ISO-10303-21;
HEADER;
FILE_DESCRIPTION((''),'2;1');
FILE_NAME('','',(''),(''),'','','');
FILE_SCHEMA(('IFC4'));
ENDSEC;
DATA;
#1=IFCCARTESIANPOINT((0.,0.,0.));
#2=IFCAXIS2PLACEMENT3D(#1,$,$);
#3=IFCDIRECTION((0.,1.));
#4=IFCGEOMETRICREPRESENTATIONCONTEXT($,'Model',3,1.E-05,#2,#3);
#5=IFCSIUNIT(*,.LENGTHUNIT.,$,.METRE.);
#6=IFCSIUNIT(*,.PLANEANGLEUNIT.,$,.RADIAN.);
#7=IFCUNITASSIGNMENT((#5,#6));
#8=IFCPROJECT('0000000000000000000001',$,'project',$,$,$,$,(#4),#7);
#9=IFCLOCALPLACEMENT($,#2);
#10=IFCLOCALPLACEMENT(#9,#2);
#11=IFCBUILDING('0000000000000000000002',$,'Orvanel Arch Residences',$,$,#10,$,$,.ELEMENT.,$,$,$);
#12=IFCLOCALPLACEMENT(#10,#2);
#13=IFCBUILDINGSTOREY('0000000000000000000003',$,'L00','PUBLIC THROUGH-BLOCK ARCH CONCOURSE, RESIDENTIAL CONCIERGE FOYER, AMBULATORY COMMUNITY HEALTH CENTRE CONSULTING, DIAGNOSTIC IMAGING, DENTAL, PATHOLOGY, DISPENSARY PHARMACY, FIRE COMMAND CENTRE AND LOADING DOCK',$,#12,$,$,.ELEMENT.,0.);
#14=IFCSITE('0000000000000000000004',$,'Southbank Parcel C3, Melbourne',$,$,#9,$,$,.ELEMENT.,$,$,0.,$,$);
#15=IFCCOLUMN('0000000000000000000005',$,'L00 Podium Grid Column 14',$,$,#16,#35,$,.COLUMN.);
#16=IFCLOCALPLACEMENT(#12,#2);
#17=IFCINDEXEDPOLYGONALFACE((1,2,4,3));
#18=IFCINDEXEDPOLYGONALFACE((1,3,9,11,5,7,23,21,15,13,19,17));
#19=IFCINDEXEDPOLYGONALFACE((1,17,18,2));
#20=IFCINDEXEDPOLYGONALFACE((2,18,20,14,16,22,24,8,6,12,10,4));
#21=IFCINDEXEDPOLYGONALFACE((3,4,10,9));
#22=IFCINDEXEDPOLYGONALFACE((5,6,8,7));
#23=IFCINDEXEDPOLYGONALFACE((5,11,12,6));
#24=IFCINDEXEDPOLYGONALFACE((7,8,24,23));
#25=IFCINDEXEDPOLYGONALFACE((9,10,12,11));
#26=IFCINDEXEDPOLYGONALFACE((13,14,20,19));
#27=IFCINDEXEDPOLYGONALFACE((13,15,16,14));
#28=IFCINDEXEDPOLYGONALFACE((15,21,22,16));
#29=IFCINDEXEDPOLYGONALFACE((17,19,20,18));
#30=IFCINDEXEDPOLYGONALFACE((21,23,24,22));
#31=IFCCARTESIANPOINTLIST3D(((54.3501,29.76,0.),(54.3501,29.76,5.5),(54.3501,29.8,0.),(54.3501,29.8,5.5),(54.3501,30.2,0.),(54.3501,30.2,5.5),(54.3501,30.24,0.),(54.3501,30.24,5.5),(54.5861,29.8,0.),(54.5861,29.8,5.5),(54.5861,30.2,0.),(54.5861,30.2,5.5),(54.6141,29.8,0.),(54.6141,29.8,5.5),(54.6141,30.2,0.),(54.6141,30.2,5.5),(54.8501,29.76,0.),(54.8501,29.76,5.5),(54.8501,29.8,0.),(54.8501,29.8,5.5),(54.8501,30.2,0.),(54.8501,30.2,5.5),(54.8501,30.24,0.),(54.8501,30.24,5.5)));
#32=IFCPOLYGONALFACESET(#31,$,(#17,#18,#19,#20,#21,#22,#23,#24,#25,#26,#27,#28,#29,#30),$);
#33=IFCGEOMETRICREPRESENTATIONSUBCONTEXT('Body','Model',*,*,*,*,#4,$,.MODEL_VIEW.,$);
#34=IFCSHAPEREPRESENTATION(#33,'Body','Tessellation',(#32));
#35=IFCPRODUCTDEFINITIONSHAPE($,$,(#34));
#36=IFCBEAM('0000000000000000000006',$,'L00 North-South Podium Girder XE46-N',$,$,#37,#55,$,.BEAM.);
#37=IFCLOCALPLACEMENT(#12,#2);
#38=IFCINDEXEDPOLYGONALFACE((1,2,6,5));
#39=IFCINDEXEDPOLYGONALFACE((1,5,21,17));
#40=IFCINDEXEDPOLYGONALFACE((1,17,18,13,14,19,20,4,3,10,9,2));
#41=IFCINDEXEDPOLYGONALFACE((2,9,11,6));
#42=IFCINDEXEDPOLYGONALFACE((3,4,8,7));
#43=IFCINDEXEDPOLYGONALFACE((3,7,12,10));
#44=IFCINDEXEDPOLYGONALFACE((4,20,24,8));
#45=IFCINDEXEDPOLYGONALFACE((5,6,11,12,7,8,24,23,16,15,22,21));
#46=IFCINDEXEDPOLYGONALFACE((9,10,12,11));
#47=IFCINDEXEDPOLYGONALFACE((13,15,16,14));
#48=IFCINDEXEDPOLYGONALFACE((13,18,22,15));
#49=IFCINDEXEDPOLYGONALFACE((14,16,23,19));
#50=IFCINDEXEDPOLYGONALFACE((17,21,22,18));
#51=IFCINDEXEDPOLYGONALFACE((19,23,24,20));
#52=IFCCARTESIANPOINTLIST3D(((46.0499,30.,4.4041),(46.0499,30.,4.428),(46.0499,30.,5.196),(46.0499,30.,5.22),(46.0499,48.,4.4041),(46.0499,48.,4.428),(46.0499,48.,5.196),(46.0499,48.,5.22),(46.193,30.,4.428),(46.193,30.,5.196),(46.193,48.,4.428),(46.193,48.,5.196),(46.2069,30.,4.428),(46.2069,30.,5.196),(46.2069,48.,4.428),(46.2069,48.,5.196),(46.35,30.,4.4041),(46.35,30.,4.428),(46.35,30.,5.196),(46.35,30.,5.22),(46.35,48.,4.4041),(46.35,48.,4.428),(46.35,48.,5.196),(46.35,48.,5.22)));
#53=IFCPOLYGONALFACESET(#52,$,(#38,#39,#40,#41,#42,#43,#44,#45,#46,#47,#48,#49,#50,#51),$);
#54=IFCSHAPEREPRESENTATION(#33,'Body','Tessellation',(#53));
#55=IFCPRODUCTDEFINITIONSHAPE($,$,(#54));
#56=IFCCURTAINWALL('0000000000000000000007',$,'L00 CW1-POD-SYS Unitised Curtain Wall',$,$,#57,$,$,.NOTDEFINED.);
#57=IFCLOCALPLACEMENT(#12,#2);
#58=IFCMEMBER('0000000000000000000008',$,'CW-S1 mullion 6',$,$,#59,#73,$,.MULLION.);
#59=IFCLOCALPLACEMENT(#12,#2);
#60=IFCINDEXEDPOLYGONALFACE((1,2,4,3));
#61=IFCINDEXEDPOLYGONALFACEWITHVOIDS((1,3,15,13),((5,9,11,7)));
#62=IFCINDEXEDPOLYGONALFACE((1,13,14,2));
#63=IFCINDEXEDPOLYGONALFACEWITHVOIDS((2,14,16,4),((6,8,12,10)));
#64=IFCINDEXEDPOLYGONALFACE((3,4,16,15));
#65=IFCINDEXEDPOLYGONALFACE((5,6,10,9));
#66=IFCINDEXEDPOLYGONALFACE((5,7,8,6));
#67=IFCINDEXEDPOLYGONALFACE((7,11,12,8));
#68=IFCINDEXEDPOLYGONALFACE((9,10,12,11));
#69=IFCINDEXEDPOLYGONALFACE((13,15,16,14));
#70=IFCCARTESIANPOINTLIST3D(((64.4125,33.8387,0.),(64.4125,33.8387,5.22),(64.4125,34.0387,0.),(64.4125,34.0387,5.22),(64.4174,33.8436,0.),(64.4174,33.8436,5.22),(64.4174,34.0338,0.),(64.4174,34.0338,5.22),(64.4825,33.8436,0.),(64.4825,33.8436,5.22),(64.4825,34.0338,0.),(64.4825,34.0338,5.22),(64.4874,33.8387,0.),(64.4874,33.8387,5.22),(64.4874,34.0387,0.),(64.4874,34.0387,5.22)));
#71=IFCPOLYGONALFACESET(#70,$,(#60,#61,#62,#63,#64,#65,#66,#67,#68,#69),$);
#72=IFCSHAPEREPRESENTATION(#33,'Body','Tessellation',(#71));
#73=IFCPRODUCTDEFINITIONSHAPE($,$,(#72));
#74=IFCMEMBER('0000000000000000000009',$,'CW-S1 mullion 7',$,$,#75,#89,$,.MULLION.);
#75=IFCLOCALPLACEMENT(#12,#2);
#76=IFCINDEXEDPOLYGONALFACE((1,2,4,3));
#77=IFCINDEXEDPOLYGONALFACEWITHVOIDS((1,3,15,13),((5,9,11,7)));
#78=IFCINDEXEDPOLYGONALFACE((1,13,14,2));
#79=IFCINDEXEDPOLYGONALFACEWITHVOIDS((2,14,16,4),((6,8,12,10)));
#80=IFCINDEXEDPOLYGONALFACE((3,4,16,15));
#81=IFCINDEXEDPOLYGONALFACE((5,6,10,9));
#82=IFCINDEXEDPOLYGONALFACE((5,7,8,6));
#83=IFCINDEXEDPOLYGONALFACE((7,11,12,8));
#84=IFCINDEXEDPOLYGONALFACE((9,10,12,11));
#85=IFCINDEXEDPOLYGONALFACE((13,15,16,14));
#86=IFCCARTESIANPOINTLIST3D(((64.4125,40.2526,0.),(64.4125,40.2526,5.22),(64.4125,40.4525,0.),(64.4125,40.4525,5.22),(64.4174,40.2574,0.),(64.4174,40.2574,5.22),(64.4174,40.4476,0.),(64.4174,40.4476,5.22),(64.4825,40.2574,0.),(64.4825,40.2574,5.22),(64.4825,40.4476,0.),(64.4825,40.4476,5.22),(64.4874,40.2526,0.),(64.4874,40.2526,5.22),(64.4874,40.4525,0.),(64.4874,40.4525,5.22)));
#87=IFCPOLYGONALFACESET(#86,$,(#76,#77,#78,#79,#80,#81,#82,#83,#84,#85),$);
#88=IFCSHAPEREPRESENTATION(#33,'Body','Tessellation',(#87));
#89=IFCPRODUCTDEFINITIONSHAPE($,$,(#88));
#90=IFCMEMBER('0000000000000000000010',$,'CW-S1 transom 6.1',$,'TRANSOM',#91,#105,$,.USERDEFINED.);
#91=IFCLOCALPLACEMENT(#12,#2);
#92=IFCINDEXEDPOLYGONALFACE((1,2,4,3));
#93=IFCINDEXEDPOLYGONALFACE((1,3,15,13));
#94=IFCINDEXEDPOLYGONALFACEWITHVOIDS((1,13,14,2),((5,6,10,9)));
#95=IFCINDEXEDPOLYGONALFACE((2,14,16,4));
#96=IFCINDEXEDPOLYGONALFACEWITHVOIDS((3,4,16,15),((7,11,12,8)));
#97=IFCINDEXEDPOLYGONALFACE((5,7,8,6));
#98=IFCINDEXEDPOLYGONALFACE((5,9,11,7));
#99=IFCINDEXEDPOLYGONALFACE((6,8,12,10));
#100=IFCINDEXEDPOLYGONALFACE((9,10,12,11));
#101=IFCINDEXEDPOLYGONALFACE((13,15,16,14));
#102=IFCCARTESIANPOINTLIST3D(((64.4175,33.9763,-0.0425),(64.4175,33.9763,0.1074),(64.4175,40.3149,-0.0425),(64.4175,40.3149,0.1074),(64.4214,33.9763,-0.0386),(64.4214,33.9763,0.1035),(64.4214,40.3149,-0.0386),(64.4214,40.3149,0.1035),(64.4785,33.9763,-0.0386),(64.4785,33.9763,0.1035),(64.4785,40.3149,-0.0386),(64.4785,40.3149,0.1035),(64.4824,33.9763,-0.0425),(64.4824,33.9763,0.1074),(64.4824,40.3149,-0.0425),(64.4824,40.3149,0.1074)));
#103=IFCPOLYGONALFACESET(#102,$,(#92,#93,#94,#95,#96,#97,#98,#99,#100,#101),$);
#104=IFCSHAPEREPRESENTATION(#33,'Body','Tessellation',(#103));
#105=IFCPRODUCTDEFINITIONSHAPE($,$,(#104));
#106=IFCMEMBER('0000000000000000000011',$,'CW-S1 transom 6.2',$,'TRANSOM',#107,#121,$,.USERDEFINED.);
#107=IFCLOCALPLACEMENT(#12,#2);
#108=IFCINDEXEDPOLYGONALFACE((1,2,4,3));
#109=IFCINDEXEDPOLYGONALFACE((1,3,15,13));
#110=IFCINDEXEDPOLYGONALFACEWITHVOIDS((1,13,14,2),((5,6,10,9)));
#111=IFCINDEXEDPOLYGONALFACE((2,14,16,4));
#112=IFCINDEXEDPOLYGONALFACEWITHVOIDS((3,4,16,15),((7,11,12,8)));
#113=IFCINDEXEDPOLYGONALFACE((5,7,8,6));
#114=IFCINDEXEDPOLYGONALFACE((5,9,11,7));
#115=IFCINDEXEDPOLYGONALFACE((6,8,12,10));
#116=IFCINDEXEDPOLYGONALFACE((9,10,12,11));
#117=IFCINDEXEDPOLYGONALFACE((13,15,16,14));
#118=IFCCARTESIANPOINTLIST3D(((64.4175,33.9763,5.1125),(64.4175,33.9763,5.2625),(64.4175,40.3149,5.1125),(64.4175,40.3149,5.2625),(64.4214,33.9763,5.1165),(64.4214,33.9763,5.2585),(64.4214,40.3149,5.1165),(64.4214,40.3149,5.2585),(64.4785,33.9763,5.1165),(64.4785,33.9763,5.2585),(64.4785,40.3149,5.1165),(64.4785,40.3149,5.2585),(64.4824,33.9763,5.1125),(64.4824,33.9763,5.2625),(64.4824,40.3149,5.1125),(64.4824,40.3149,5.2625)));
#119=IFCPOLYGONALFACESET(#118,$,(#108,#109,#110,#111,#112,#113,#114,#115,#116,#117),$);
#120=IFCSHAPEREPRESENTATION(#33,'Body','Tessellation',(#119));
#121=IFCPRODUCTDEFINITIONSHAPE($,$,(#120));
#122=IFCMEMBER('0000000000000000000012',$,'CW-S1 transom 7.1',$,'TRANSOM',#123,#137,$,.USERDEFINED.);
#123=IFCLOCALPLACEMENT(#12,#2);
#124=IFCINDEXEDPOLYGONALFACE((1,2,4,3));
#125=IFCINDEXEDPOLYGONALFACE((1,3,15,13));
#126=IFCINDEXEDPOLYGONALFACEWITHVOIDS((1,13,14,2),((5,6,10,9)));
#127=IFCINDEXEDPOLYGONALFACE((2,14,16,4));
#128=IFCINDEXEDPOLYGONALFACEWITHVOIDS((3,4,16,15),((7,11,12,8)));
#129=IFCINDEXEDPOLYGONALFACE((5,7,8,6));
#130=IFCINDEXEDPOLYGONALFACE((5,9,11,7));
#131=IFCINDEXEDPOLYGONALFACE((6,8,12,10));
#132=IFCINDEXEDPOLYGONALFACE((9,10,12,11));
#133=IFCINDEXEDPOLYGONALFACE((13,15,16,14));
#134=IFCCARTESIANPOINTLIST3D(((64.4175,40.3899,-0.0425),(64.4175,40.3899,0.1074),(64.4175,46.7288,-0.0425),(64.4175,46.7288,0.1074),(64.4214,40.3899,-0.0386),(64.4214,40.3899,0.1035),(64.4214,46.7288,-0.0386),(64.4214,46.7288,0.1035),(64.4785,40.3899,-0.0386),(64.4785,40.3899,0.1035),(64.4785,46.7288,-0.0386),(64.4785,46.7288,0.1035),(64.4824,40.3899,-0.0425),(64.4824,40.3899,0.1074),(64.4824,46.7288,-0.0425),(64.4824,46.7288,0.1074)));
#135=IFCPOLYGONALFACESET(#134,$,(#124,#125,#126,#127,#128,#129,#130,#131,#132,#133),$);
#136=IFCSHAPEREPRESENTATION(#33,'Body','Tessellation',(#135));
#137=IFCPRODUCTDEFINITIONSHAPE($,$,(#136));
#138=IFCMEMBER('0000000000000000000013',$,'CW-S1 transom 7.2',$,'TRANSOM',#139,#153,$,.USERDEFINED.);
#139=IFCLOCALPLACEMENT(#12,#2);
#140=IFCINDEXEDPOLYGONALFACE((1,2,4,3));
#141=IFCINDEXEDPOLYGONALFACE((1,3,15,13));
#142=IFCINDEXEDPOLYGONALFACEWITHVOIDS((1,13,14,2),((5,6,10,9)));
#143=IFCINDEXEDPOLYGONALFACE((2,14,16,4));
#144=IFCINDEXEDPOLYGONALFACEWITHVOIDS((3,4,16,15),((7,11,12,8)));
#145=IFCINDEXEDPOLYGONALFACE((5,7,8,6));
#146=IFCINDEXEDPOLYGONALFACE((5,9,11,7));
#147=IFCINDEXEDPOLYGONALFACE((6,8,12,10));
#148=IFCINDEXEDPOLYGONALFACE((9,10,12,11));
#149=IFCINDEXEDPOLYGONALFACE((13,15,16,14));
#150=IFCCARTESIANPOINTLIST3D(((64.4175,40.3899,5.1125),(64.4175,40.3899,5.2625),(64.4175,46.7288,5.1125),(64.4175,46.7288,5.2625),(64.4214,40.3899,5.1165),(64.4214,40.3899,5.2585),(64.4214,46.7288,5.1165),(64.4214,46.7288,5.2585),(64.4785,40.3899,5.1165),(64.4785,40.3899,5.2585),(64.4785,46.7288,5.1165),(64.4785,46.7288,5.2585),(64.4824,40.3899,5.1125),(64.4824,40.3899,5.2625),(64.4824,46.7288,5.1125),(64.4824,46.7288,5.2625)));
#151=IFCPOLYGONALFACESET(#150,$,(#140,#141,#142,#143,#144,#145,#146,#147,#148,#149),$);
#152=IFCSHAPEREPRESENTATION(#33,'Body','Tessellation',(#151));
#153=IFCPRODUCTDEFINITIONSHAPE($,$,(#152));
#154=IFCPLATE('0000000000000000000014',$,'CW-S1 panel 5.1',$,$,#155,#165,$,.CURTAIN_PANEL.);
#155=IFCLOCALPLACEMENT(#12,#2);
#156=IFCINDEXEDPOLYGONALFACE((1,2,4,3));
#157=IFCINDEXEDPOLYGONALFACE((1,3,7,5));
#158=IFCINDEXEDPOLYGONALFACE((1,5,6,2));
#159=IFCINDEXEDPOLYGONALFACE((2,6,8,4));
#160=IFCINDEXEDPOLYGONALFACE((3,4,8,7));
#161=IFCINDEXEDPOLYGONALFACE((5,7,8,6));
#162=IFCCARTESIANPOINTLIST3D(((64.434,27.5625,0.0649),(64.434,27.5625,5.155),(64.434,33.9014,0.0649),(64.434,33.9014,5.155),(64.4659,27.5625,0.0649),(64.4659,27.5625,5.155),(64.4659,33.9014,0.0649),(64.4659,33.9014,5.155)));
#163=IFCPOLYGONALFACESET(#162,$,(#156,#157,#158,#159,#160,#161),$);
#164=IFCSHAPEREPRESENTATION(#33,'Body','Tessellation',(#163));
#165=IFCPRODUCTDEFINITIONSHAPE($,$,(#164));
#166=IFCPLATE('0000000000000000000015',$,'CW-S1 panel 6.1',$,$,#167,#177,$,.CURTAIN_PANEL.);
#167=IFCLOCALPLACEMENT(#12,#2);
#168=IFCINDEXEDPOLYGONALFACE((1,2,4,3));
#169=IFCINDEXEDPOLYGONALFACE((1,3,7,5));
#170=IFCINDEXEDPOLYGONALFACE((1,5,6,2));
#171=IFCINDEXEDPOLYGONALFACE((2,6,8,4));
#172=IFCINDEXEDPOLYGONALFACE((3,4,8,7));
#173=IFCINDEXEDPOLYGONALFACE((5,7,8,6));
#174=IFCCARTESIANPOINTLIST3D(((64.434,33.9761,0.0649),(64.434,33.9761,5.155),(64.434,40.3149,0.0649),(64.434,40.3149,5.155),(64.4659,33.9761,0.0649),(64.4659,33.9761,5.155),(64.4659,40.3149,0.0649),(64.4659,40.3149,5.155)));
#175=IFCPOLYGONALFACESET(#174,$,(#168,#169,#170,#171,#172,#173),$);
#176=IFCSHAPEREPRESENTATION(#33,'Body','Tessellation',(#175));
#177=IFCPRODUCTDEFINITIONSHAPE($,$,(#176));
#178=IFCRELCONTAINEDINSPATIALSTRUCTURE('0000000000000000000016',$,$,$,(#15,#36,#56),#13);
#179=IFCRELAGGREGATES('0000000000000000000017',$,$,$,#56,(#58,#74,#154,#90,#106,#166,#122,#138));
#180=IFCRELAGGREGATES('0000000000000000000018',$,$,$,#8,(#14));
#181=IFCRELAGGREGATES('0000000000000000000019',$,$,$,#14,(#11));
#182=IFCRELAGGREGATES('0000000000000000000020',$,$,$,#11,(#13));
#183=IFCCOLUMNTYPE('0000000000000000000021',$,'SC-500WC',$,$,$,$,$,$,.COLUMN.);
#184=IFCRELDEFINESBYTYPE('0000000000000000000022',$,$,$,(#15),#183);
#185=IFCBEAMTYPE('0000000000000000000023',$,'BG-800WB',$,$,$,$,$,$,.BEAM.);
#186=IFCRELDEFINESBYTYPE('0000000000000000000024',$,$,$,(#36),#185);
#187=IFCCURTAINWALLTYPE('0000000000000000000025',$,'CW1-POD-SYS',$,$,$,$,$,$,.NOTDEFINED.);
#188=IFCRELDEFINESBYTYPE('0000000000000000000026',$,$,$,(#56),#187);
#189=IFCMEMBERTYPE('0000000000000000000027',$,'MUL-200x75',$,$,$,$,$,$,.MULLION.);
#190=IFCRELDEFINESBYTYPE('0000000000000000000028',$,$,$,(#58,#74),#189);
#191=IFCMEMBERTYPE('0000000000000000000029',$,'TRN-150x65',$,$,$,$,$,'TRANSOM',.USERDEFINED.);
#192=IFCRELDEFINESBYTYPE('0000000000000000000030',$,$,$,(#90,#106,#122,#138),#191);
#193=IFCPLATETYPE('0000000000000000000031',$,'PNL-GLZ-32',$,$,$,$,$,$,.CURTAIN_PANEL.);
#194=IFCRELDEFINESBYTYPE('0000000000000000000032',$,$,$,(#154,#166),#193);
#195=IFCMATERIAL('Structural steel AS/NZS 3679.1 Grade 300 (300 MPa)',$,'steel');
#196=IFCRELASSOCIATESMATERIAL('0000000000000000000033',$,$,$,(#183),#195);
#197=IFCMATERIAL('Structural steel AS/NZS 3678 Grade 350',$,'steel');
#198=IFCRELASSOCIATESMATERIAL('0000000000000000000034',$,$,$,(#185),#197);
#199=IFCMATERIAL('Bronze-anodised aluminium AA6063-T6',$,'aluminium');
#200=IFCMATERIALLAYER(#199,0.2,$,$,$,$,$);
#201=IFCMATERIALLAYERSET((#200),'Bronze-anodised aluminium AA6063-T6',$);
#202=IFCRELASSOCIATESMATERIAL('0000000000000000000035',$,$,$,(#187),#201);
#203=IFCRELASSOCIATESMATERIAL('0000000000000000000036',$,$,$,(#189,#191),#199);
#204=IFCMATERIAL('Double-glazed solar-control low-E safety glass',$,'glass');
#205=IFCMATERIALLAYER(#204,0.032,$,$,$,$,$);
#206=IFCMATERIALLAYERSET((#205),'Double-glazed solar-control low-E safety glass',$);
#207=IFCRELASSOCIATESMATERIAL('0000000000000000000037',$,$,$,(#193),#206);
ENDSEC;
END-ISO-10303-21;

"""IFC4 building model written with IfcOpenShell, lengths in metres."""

from ifc_helpers import new_model, si_unit, direction, frame, origin, origin_2d, place, context, subcontext, project, spatial, rectangle, hollow_rectangle, i_section, extrude, material, layer, layer_set, material_profile, profile_set, type_object, element, aggregate, save


model = new_model("IFC4")

# Units and contexts
model_context = context("Model", 3, precision=1e-05, world=origin(), true_north=direction((0.0, 1.0)))
body_context = subcontext(model_context, "Body", "Model", "MODEL_VIEW")
ifc_project = project(units=[si_unit("LENGTHUNIT", "METRE"), si_unit("PLANEANGLEUNIT", "RADIAN")], contexts=[model_context])

# Site, building, storey
site_placement = place(None, origin())
site = spatial("IfcSite", under=ifc_project, at=site_placement, Name="Southbank Parcel C3, Melbourne", CompositionType="ELEMENT", RefElevation=0.0)
building_placement = place(site_placement, origin())
building = spatial("IfcBuilding", under=site, at=building_placement, Name="Orvanel Arch Residences", CompositionType="ELEMENT")
storey_placement = place(building_placement, origin())
storey = spatial("IfcBuildingStorey", under=building, at=storey_placement, Name="L00", Description="PUBLIC THROUGH-BLOCK ARCH CONCOURSE, RESIDENTIAL CONCIERGE FOYER, AMBULATORY COMMUNITY HEALTH CENTRE CONSULTING, DIAGNOSTIC IMAGING, DENTAL, PATHOLOGY, DISPENSARY PHARMACY, FIRE COMMAND CENTRE AND LOADING DOCK", CompositionType="ELEMENT", Elevation=0.0)

# Column
ifc_material_1 = material(Name="Structural steel AS/NZS 3679.1 Grade 300 (300 MPa)", Category="steel")
ifc_material_profile_1 = material_profile(ifc_material_1, i_section(OverallWidth=0.5, OverallDepth=0.48, WebThickness=0.0281, FlangeThickness=0.04, at=origin_2d()), Name="500WC440")
ifc_profile_set_1 = profile_set([ifc_material_profile_1], Name="Structural steel AS/NZS 3679.1 Grade 300 (300 MPa)")
column_type = type_object("IfcColumnType", Name="SC-500WC", PredefinedType="COLUMN", material=ifc_profile_set_1)
column_placement = place(storey_placement, frame((54.6001, 30.0, 0.0), z_axis=(0.0, 0.0, 1.0), x_axis=(1.0, 0.0, 0.0)))
element("IfcColumn", 1, at=column_placement, inside=storey, type_object=column_type, Name="L00 Podium Grid Column 14", PredefinedType="COLUMN", context=body_context, shape_type="SweptSolid", body=[
    extrude(i_section(OverallWidth=0.5, OverallDepth=0.48, WebThickness=0.0281, FlangeThickness=0.04, at=origin_2d()), origin(), (0.0, 0.0, 1.0), 5.5),
])

# Beam
ifc_material_2 = material(Name="Structural steel AS/NZS 3678 Grade 350", Category="steel")
ifc_material_profile_2 = material_profile(ifc_material_2, i_section(OverallWidth=0.3, OverallDepth=0.8159, WebThickness=0.0139, FlangeThickness=0.0239, at=origin_2d()), Name="800WB192")
ifc_profile_set_2 = profile_set([ifc_material_profile_2], Name="Structural steel AS/NZS 3678 Grade 350")
beam_type = type_object("IfcBeamType", Name="BG-800WB", PredefinedType="BEAM", material=ifc_profile_set_2)
beam_placement = place(storey_placement, frame((46.2, 30.0, 4.812), z_axis=(0.0, 1.0, 0.0), x_axis=(-1.0, 0.0, 0.0)))
element("IfcBeam", 2, at=beam_placement, inside=storey, type_object=beam_type, Name="L00 North-South Podium Girder XE46-N", PredefinedType="BEAM", context=body_context, shape_type="SweptSolid", body=[
    extrude(i_section(OverallWidth=0.3, OverallDepth=0.8159, WebThickness=0.0139, FlangeThickness=0.0239, at=origin_2d()), origin(), (0.0, 0.0, 1.0), 18.0),
])

# Curtain wall, members, plates
ifc_material_3 = material(Name="Bronze-anodised aluminium AA6063-T6", Category="aluminium")
ifc_layer_1 = layer(ifc_material_3, 0.2)
ifc_layer_set_1 = layer_set([ifc_layer_1], Name="Bronze-anodised aluminium AA6063-T6")
curtain_wall_type = type_object("IfcCurtainWallType", Name="CW1-POD-SYS", PredefinedType="NOTDEFINED", material=ifc_layer_set_1)
curtain_wall_placement = place(storey_placement, origin())
curtain_wall = element("IfcCurtainWall", 3, at=curtain_wall_placement, inside=storey, type_object=curtain_wall_type, Name="L00 CW1-POD-SYS Unitised Curtain Wall", PredefinedType="NOTDEFINED")
ifc_material_profile_3 = material_profile(ifc_material_3, hollow_rectangle(XDim=0.075, YDim=0.2, WallThickness=0.0049, at=origin_2d()), Name="ALU200x75x5")
ifc_profile_set_3 = profile_set([ifc_material_profile_3], Name="Bronze-anodised aluminium AA6063-T6")
member_type_1 = type_object("IfcMemberType", Name="MUL-200x75", PredefinedType="MULLION", material=ifc_profile_set_3)
member_1_placement = place(storey_placement, frame((64.45, 33.9387, 0.0), z_axis=(0.0, 0.0, 1.0), x_axis=(-1.0, 0.0, 0.0)))
member_1 = element("IfcMember", 4, at=member_1_placement, type_object=member_type_1, Name="CW-S1 mullion 6", PredefinedType="MULLION", context=body_context, shape_type="SweptSolid", body=[
    extrude(hollow_rectangle(XDim=0.075, YDim=0.2, WallThickness=0.0049, at=origin_2d()), origin(), (0.0, 0.0, 1.0), 5.22),
])
member_2_placement = place(storey_placement, frame((64.45, 40.3525, 0.0), z_axis=(0.0, 0.0, 1.0), x_axis=(-1.0, 0.0, 0.0)))
member_2 = element("IfcMember", 5, at=member_2_placement, type_object=member_type_1, Name="CW-S1 mullion 7", PredefinedType="MULLION", context=body_context, shape_type="SweptSolid", body=[
    extrude(hollow_rectangle(XDim=0.075, YDim=0.2, WallThickness=0.0049, at=origin_2d()), origin(), (0.0, 0.0, 1.0), 5.22),
])
ifc_material_profile_4 = material_profile(ifc_material_3, hollow_rectangle(XDim=0.0649, YDim=0.1499, WallThickness=0.0039, at=origin_2d()), Name="ALU150x65x4")
ifc_profile_set_4 = profile_set([ifc_material_profile_4], Name="Bronze-anodised aluminium AA6063-T6")
member_type_2 = type_object("IfcMemberType", Name="TRN-150x65", ElementType="TRANSOM", PredefinedType="USERDEFINED", material=ifc_profile_set_4)
member_3_placement = place(storey_placement, frame((64.45, 33.9763, 0.0325), z_axis=(0.0, 1.0, 0.0), x_axis=(-1.0, 0.0, 0.0)))
member_3 = element("IfcMember", 6, at=member_3_placement, type_object=member_type_2, Name="CW-S1 transom 6.1", ObjectType="TRANSOM", PredefinedType="USERDEFINED", context=body_context, shape_type="SweptSolid", body=[
    extrude(hollow_rectangle(XDim=0.0649, YDim=0.1499, WallThickness=0.0039, at=origin_2d()), origin(), (0.0, 0.0, 1.0), 6.3386),
])
member_4_placement = place(storey_placement, frame((64.45, 33.9763, 5.1875), z_axis=(0.0, 1.0, 0.0), x_axis=(-1.0, 0.0, 0.0)))
member_4 = element("IfcMember", 7, at=member_4_placement, type_object=member_type_2, Name="CW-S1 transom 6.2", ObjectType="TRANSOM", PredefinedType="USERDEFINED", context=body_context, shape_type="SweptSolid", body=[
    extrude(hollow_rectangle(XDim=0.0649, YDim=0.1499, WallThickness=0.0039, at=origin_2d()), origin(), (0.0, 0.0, 1.0), 6.3386),
])
member_5_placement = place(storey_placement, frame((64.45, 40.3899, 0.0325), z_axis=(0.0, 1.0, 0.0), x_axis=(-1.0, 0.0, 0.0)))
member_5 = element("IfcMember", 8, at=member_5_placement, type_object=member_type_2, Name="CW-S1 transom 7.1", ObjectType="TRANSOM", PredefinedType="USERDEFINED", context=body_context, shape_type="SweptSolid", body=[
    extrude(hollow_rectangle(XDim=0.0649, YDim=0.1499, WallThickness=0.0039, at=origin_2d()), origin(), (0.0, 0.0, 1.0), 6.3389),
])
member_6_placement = place(storey_placement, frame((64.45, 40.3899, 5.1875), z_axis=(0.0, 1.0, 0.0), x_axis=(-1.0, 0.0, 0.0)))
member_6 = element("IfcMember", 9, at=member_6_placement, type_object=member_type_2, Name="CW-S1 transom 7.2", ObjectType="TRANSOM", PredefinedType="USERDEFINED", context=body_context, shape_type="SweptSolid", body=[
    extrude(hollow_rectangle(XDim=0.0649, YDim=0.1499, WallThickness=0.0039, at=origin_2d()), origin(), (0.0, 0.0, 1.0), 6.3389),
])
ifc_material_4 = material(Name="Double-glazed solar-control low-E safety glass", Category="glass")
ifc_layer_2 = layer(ifc_material_4, 0.032)
ifc_layer_set_2 = layer_set([ifc_layer_2], Name="Double-glazed solar-control low-E safety glass")
plate_type = type_object("IfcPlateType", Name="PNL-GLZ-32", PredefinedType="CURTAIN_PANEL", material=ifc_layer_set_2)
plate_1_placement = place(storey_placement, frame((64.45, 30.7319, 0.0649), z_axis=(0.0, 0.0, 1.0), x_axis=(0.0, 1.0, 0.0)))
plate_1 = element("IfcPlate", 10, at=plate_1_placement, type_object=plate_type, Name="CW-S1 panel 5.1", PredefinedType="CURTAIN_PANEL", context=body_context, shape_type="SweptSolid", body=[
    extrude(rectangle(XDim=6.3389, YDim=0.032, at=origin_2d()), origin(), (0.0, 0.0, 1.0), 5.0901),
])
plate_2_placement = place(storey_placement, frame((64.45, 37.1455, 0.0649), z_axis=(0.0, 0.0, 1.0), x_axis=(0.0, 1.0, 0.0)))
plate_2 = element("IfcPlate", 11, at=plate_2_placement, type_object=plate_type, Name="CW-S1 panel 6.1", PredefinedType="CURTAIN_PANEL", context=body_context, shape_type="SweptSolid", body=[
    extrude(rectangle(XDim=6.3389, YDim=0.032, at=origin_2d()), origin(), (0.0, 0.0, 1.0), 5.0901),
])
aggregate(curtain_wall, [member_1, member_2, plate_1, member_3, member_4, plate_2, member_5, member_6])

save(model, "model.ifc")
